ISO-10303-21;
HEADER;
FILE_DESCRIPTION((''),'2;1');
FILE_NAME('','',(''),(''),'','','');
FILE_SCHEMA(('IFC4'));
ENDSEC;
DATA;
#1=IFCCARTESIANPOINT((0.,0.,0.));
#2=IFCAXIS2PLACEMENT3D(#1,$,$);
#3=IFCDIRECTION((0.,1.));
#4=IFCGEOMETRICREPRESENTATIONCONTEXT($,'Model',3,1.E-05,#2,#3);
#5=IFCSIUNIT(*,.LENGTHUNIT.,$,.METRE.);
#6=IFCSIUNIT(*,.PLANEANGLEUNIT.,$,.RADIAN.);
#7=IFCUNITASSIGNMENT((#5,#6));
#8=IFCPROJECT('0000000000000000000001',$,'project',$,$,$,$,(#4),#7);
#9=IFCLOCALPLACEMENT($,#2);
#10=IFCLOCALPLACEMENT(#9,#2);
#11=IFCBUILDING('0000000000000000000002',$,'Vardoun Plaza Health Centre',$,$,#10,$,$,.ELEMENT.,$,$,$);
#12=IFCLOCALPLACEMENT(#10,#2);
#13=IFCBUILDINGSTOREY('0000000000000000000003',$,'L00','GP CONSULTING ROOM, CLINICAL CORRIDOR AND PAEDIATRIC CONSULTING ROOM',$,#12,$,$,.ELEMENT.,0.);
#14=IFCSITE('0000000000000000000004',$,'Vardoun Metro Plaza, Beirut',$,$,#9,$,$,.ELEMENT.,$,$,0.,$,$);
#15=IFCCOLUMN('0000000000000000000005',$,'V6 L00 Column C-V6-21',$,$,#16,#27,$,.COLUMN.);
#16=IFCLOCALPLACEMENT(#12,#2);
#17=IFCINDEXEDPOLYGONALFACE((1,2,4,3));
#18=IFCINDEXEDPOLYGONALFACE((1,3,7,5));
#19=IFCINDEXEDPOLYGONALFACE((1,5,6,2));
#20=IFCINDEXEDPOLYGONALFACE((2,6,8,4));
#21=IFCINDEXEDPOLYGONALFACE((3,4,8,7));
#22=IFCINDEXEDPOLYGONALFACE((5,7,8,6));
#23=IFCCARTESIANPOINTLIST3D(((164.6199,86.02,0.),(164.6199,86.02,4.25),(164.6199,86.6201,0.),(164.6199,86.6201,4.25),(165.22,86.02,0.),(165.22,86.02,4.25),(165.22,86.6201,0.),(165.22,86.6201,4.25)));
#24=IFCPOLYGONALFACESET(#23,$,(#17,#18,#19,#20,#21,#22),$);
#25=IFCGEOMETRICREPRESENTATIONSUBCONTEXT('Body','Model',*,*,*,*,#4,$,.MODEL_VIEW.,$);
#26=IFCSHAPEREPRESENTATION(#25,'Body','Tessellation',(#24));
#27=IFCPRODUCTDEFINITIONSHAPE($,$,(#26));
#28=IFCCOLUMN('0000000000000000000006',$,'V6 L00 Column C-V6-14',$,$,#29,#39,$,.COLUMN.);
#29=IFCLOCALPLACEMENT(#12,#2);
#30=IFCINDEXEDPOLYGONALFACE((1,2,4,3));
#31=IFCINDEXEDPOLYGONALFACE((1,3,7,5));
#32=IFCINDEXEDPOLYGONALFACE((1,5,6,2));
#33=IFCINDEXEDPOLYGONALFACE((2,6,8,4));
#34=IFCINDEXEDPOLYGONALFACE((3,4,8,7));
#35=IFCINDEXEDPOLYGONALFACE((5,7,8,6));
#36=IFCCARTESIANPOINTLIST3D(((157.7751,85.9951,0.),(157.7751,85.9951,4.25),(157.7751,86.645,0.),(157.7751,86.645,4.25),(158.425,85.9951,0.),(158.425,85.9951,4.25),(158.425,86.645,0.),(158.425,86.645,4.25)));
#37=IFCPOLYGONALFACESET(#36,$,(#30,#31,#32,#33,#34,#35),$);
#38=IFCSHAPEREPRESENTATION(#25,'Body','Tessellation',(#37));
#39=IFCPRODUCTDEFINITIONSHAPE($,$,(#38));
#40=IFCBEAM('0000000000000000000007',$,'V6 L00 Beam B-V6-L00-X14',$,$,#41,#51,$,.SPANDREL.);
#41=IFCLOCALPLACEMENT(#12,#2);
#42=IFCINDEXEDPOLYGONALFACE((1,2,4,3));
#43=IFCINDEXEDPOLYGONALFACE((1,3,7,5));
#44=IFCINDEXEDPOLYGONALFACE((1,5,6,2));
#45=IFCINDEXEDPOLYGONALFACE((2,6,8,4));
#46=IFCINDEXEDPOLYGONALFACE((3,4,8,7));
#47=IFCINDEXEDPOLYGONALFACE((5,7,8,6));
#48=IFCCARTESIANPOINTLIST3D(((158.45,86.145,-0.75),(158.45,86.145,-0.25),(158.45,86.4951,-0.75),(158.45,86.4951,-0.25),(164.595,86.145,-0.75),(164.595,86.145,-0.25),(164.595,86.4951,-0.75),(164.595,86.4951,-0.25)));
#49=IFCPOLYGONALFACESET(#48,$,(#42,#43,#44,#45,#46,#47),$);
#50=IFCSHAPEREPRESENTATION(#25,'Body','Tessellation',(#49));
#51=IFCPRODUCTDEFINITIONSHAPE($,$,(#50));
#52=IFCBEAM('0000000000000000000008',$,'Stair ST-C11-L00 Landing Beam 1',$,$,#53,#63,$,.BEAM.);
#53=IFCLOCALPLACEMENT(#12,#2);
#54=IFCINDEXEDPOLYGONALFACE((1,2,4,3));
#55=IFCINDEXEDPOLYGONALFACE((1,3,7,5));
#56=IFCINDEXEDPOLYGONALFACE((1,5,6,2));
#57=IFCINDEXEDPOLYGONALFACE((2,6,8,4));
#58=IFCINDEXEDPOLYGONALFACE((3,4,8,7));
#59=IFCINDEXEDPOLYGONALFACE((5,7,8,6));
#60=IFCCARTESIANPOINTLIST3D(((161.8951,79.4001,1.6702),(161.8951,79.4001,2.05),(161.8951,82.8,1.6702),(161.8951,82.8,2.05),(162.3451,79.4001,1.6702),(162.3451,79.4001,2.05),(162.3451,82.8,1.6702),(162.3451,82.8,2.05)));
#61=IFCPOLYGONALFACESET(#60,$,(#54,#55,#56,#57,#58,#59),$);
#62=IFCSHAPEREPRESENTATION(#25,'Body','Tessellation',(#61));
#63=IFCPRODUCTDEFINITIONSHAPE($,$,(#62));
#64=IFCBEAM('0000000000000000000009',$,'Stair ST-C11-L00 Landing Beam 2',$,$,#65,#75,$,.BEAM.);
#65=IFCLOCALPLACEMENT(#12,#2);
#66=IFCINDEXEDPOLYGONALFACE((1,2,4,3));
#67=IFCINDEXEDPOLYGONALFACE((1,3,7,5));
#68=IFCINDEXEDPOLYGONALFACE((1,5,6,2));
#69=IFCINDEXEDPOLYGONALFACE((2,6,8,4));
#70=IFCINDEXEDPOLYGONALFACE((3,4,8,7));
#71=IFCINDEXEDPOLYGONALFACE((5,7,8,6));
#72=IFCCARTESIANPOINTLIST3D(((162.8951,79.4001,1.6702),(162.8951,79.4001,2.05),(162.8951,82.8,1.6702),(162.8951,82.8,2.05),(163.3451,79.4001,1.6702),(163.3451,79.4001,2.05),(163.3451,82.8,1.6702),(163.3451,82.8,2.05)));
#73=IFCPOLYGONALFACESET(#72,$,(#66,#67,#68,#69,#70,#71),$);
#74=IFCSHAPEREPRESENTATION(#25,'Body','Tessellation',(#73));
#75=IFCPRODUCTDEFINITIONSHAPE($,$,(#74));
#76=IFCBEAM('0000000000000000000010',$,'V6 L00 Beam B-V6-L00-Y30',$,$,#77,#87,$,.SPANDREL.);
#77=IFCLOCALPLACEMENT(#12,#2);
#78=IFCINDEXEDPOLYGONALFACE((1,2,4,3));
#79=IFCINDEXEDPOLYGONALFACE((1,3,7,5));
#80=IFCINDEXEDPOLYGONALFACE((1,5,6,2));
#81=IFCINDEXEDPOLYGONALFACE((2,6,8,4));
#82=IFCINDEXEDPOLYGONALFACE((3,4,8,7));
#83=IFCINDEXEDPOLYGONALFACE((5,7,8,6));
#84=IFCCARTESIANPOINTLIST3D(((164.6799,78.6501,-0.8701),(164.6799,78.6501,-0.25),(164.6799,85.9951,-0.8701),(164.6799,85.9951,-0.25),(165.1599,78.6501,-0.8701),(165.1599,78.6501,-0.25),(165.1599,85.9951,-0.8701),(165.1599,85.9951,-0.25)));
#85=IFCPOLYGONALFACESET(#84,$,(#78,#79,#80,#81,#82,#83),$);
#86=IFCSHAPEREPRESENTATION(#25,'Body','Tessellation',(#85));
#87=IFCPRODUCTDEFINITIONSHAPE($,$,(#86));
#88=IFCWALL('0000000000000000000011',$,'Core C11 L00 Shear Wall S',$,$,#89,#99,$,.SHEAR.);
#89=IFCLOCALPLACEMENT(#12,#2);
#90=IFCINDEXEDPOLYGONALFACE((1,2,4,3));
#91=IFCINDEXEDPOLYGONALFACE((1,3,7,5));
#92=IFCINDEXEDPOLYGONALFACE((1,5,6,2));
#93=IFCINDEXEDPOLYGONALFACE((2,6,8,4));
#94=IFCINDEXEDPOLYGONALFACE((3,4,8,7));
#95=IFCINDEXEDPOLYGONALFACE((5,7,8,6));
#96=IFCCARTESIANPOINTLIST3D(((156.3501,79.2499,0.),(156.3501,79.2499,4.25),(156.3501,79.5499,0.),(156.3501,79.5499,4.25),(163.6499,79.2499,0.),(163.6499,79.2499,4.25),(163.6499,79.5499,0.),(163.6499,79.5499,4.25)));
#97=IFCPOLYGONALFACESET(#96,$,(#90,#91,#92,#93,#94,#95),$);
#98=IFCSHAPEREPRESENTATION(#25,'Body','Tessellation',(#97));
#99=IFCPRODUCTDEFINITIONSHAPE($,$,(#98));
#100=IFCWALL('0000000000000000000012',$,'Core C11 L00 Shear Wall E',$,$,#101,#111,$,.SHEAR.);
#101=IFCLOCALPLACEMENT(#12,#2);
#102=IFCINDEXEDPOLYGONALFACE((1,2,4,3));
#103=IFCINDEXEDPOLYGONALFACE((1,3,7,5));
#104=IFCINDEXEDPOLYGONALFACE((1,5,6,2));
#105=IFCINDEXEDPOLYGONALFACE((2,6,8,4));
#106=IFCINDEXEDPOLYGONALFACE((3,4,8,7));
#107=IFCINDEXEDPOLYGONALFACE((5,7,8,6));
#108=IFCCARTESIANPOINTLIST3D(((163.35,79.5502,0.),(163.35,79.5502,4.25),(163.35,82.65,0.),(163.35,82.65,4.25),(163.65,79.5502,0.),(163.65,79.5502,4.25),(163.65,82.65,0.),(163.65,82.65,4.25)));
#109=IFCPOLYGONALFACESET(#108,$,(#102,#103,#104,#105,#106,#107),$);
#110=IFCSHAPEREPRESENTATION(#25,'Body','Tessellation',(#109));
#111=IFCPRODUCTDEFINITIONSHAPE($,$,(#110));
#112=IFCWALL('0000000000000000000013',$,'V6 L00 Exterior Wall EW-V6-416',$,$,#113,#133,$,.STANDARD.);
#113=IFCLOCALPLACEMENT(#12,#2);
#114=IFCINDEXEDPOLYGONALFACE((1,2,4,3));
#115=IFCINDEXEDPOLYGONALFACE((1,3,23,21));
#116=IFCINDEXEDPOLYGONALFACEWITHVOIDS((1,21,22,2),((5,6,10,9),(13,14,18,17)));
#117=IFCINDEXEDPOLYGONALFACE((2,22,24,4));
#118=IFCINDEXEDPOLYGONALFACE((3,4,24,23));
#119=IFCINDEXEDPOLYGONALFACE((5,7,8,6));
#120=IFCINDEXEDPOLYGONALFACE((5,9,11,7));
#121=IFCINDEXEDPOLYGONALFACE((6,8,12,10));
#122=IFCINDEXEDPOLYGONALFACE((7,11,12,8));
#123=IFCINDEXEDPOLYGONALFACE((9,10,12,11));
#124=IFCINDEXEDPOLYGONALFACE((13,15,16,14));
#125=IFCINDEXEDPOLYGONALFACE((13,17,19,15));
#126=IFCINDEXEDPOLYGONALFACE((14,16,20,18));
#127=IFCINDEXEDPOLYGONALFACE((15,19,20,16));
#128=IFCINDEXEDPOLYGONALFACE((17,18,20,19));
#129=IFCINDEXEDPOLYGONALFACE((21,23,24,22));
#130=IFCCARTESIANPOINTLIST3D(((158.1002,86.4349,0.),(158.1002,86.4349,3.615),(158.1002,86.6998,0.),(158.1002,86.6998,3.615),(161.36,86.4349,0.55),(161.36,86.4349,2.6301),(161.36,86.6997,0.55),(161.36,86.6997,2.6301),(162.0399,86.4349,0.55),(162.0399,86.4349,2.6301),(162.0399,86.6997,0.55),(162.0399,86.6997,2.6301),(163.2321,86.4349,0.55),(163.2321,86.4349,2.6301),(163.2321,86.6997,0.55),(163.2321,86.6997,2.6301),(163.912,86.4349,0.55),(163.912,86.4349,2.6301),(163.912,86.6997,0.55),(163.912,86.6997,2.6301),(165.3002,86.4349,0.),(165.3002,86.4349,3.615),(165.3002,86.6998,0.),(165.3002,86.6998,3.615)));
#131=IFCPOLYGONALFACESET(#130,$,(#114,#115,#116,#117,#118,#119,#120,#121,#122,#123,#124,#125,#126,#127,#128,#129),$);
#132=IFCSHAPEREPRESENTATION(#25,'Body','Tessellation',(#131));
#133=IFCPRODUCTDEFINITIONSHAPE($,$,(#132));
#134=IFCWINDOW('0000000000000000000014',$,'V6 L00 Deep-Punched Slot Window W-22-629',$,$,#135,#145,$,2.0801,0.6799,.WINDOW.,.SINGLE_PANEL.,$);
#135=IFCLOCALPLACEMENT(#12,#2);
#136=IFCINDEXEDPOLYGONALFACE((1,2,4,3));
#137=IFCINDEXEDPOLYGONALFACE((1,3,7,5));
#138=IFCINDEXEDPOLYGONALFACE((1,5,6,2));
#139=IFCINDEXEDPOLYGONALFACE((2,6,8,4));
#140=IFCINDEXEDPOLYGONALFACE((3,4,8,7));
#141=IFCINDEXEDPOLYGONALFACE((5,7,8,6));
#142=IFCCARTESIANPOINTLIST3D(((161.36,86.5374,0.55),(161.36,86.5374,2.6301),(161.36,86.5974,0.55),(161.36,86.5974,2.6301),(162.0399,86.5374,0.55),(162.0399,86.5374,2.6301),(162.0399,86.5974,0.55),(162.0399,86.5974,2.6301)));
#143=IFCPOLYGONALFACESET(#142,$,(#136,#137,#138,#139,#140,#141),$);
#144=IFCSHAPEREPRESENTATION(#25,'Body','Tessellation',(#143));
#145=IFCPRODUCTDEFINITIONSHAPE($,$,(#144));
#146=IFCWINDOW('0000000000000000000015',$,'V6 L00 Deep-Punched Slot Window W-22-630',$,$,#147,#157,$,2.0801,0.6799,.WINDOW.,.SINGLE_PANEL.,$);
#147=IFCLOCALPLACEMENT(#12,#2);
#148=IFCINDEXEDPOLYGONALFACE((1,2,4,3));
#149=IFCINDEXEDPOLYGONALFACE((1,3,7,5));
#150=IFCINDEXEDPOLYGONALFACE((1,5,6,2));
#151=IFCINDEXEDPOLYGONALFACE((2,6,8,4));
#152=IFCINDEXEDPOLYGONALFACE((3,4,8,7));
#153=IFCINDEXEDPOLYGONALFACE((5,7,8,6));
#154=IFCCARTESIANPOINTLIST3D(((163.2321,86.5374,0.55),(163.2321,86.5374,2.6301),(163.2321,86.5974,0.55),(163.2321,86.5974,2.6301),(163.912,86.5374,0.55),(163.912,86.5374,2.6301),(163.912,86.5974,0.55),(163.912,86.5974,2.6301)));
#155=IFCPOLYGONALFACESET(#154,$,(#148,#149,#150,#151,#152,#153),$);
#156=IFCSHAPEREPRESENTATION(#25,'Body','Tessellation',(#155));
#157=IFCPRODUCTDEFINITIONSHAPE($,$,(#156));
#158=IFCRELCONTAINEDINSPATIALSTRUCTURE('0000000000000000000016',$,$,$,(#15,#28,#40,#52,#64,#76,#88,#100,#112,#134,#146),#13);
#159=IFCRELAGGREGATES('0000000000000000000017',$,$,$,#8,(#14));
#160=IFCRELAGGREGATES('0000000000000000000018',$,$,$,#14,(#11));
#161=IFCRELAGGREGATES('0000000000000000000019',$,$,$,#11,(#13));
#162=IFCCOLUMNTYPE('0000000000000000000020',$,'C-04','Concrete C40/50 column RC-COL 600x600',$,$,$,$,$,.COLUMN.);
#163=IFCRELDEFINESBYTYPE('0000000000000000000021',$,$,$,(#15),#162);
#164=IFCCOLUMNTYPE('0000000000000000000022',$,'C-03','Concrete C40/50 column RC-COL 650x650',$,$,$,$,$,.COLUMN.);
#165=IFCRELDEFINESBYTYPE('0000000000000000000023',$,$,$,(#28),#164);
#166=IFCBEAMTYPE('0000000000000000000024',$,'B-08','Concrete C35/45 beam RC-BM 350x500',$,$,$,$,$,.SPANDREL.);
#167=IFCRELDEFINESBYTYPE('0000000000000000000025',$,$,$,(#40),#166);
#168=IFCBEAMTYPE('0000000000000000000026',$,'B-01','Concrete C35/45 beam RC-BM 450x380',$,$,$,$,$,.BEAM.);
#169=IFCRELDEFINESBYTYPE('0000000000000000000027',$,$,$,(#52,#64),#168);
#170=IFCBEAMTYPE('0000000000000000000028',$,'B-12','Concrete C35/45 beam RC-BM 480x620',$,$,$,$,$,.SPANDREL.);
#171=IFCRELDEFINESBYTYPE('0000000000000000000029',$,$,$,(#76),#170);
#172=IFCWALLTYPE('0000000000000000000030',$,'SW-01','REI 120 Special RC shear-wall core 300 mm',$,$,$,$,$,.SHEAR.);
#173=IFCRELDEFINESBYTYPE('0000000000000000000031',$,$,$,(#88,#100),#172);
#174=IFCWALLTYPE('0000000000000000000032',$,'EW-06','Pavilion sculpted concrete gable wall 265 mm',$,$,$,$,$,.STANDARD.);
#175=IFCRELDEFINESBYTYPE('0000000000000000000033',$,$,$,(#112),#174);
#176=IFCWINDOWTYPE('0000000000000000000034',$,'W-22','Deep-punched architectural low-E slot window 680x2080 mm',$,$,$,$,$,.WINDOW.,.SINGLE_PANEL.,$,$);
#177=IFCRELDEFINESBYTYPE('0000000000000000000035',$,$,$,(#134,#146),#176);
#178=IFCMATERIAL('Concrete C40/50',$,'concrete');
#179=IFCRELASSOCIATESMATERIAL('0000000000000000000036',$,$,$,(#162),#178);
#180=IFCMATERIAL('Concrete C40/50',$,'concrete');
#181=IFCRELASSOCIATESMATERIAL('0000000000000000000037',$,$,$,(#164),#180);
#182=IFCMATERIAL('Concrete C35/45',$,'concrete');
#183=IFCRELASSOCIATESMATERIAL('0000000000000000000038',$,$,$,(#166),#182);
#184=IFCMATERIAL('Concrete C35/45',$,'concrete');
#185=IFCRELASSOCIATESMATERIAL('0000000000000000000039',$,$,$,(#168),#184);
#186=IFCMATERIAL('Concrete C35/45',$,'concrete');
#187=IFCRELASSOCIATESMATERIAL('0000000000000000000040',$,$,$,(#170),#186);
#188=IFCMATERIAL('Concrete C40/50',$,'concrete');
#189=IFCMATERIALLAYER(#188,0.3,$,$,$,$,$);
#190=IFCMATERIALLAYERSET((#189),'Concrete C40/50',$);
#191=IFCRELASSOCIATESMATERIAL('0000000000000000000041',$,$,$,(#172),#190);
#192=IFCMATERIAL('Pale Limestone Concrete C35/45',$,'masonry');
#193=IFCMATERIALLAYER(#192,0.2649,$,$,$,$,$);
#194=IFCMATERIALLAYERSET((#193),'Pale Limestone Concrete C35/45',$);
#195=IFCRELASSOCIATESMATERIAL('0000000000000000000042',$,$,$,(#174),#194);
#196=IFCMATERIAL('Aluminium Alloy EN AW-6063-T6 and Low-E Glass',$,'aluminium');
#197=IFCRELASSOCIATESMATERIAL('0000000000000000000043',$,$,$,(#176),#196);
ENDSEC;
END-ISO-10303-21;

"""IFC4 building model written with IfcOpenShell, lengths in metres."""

from ifc_helpers import new_model, si_unit, direction, frame, frame_2d, origin, origin_2d, place, context, subcontext, project, spatial, rectangle, extrude, material, layer, layer_set, material_profile, profile_set, type_object, element, fill, save


model = new_model("IFC4")

# Units and contexts
model_context = context("Model", 3, precision=1e-05, world=origin(), true_north=direction((0.0, 1.0)))
body_context = subcontext(model_context, "Body", "Model", "MODEL_VIEW")
ifc_project = project(units=[si_unit("LENGTHUNIT", "METRE"), si_unit("PLANEANGLEUNIT", "RADIAN")], contexts=[model_context])

# Site, building, storey
site_placement = place(None, origin())
site = spatial("IfcSite", under=ifc_project, at=site_placement, Name="Vardoun Metro Plaza, Beirut", CompositionType="ELEMENT", RefElevation=0.0)
building_placement = place(site_placement, origin())
building = spatial("IfcBuilding", under=site, at=building_placement, Name="Vardoun Plaza Health Centre", CompositionType="ELEMENT")
storey_placement = place(building_placement, origin())
storey = spatial("IfcBuildingStorey", under=building, at=storey_placement, Name="L00", Description="GP CONSULTING ROOM, CLINICAL CORRIDOR AND PAEDIATRIC CONSULTING ROOM", CompositionType="ELEMENT", Elevation=0.0)

# Columns
ifc_material_1 = material(Name="Concrete C40/50", Category="concrete")
ifc_material_profile_1 = material_profile(ifc_material_1, rectangle(XDim=0.6001, YDim=0.6001, at=origin_2d()), Name="RC-COL 600x600")
ifc_profile_set_1 = profile_set([ifc_material_profile_1], Name="Concrete C40/50")
column_type_1 = type_object("IfcColumnType", Name="C-04", Description="Concrete C40/50 column RC-COL 600x600", PredefinedType="COLUMN", material=ifc_profile_set_1)
column_1_placement = place(storey_placement, frame((164.9199, 86.3201, 0.0), z_axis=(0.0, 0.0, 1.0), x_axis=(1.0, 0.0, 0.0)))
element("IfcColumn", 1, at=column_1_placement, inside=storey, type_object=column_type_1, Name="V6 L00 Column C-V6-21", PredefinedType="COLUMN", context=body_context, shape_type="SweptSolid", body=[
    extrude(rectangle(XDim=0.6001, YDim=0.6001, at=origin_2d()), origin(), (0.0, 0.0, 1.0), 4.25),
])
ifc_material_2 = material(Name="Concrete C40/50", Category="concrete")
ifc_material_profile_2 = material_profile(ifc_material_2, rectangle(XDim=0.6499, YDim=0.6499, at=origin_2d()), Name="RC-COL 650x650")
ifc_profile_set_2 = profile_set([ifc_material_profile_2], Name="Concrete C40/50")
column_type_2 = type_object("IfcColumnType", Name="C-03", Description="Concrete C40/50 column RC-COL 650x650", PredefinedType="COLUMN", material=ifc_profile_set_2)
column_2_placement = place(storey_placement, frame((158.1001, 86.3201, 0.0), z_axis=(0.0, 0.0, 1.0), x_axis=(1.0, 0.0, 0.0)))
element("IfcColumn", 2, at=column_2_placement, inside=storey, type_object=column_type_2, Name="V6 L00 Column C-V6-14", PredefinedType="COLUMN", context=body_context, shape_type="SweptSolid", body=[
    extrude(rectangle(XDim=0.6499, YDim=0.6499, at=origin_2d()), origin(), (0.0, 0.0, 1.0), 4.25),
])

# Beams
ifc_material_3 = material(Name="Concrete C35/45", Category="concrete")
ifc_material_profile_3 = material_profile(ifc_material_3, rectangle(XDim=0.3501, YDim=0.5, at=origin_2d()), Name="RC-BM 350x500")
ifc_profile_set_3 = profile_set([ifc_material_profile_3], Name="Concrete C35/45")
beam_type_1 = type_object("IfcBeamType", Name="B-08", Description="Concrete C35/45 beam RC-BM 350x500", PredefinedType="SPANDREL", material=ifc_profile_set_3)
beam_1_placement = place(storey_placement, frame((158.45, 86.3201, -0.5), z_axis=(1.0, 0.0, 0.0), x_axis=(0.0, 1.0, 0.0)))
element("IfcBeam", 3, at=beam_1_placement, inside=storey, type_object=beam_type_1, Name="V6 L00 Beam B-V6-L00-X14", PredefinedType="SPANDREL", context=body_context, shape_type="SweptSolid", body=[
    extrude(rectangle(XDim=0.3501, YDim=0.5, at=origin_2d()), origin(), (0.0, 0.0, 1.0), 6.145),
])
ifc_material_4 = material(Name="Concrete C35/45", Category="concrete")
ifc_material_profile_4 = material_profile(ifc_material_4, rectangle(XDim=0.45, YDim=0.3799, at=origin_2d()), Name="RC-BM 450x380")
ifc_profile_set_4 = profile_set([ifc_material_profile_4], Name="Concrete C35/45")
beam_type_2 = type_object("IfcBeamType", Name="B-01", Description="Concrete C35/45 beam RC-BM 450x380", PredefinedType="BEAM", material=ifc_profile_set_4)
for number, where, z_axis, x_axis, name in (
    (4, (162.1201, 79.4001, 1.8601), (0.0, 1.0, 0.0), (-1.0, 0.0, 0.0), "Stair ST-C11-L00 Landing Beam 1"),
    (5, (163.1201, 79.4001, 1.8601), (0.0, 1.0, 0.0), (-1.0, 0.0, 0.0), "Stair ST-C11-L00 Landing Beam 2"),
):
    element("IfcBeam", number, at=place(storey_placement, frame(where, z_axis=z_axis, x_axis=x_axis)), inside=storey, type_object=beam_type_2, Name=name, PredefinedType="BEAM", context=body_context, shape_type="SweptSolid", body=[
        extrude(rectangle(XDim=0.45, YDim=0.3799, at=origin_2d()), origin(), (0.0, 0.0, 1.0), 3.3999),
    ])
ifc_material_5 = material(Name="Concrete C35/45", Category="concrete")
ifc_material_profile_5 = material_profile(ifc_material_5, rectangle(XDim=0.48, YDim=0.6201, at=origin_2d()), Name="RC-BM 480x620")
ifc_profile_set_5 = profile_set([ifc_material_profile_5], Name="Concrete C35/45")
beam_type_3 = type_object("IfcBeamType", Name="B-12", Description="Concrete C35/45 beam RC-BM 480x620", PredefinedType="SPANDREL", material=ifc_profile_set_5)
beam_2_placement = place(storey_placement, frame((164.9199, 78.6501, -0.5601), z_axis=(0.0, 1.0, 0.0), x_axis=(-1.0, 0.0, 0.0)))
element("IfcBeam", 6, at=beam_2_placement, inside=storey, type_object=beam_type_3, Name="V6 L00 Beam B-V6-L00-Y30", PredefinedType="SPANDREL", context=body_context, shape_type="SweptSolid", body=[
    extrude(rectangle(XDim=0.48, YDim=0.6201, at=origin_2d()), origin(), (0.0, 0.0, 1.0), 7.345),
])

# Wall
ifc_material_6 = material(Name="Concrete C40/50", Category="concrete")
ifc_layer_1 = layer(ifc_material_6, 0.3)
ifc_layer_set_1 = layer_set([ifc_layer_1], Name="Concrete C40/50")
wall_type_1 = type_object("IfcWallType", Name="SW-01", Description="REI 120 Special RC shear-wall core 300 mm", PredefinedType="SHEAR", material=ifc_layer_set_1)
wall_1_placement = place(storey_placement, frame((163.6499, 79.3999, 0.0), z_axis=(0.0, 0.0, 1.0), x_axis=(-1.0, 0.0, 0.0)))
element("IfcWall", 7, at=wall_1_placement, inside=storey, type_object=wall_type_1, Name="Core C11 L00 Shear Wall S", PredefinedType="SHEAR", context=body_context, shape_type="SweptSolid", body=[
    extrude(rectangle(XDim=7.2998, YDim=0.3, at=frame_2d((3.6499, 0.0))), origin(), (0.0, 0.0, 1.0), 4.25),
])

# Wall
wall_2_placement = place(storey_placement, frame((163.5, 82.6499, 0.0), z_axis=(0.0, 0.0, 1.0), x_axis=(0.0, -1.0, 0.0)))
element("IfcWall", 8, at=wall_2_placement, inside=storey, type_object=wall_type_1, Name="Core C11 L00 Shear Wall E", PredefinedType="SHEAR", context=body_context, shape_type="SweptSolid", body=[
    extrude(rectangle(XDim=3.0999, YDim=0.3, at=frame_2d((1.5498, 0.0))), origin(), (0.0, 0.0, 1.0), 4.25),
])

# Wall, openings, windows
ifc_material_7 = material(Name="Pale Limestone Concrete C35/45", Category="masonry")
ifc_layer_2 = layer(ifc_material_7, 0.2649)
ifc_layer_set_2 = layer_set([ifc_layer_2], Name="Pale Limestone Concrete C35/45")
wall_type_2 = type_object("IfcWallType", Name="EW-06", Description="Pavilion sculpted concrete gable wall 265 mm", PredefinedType="STANDARD", material=ifc_layer_set_2)
wall_3_placement = place(storey_placement, frame((158.1001, 86.5674, 0.0), z_axis=(0.0, 0.0, 1.0), x_axis=(1.0, 0.0, 0.0)))
wall_3 = element("IfcWall", 9, at=wall_3_placement, inside=storey, type_object=wall_type_2, Name="V6 L00 Exterior Wall EW-V6-416", PredefinedType="STANDARD", context=body_context, shape_type="SweptSolid", body=[
    extrude(rectangle(XDim=7.2, YDim=0.2649, at=frame_2d((3.6001, 0.0))), origin(), (0.0, 0.0, 1.0), 3.615),
])
opening_1_placement = place(wall_3_placement, frame((3.26, 0.0, 0.55)))
opening_1 = element("IfcOpeningElement", 10, at=opening_1_placement, cuts=wall_3, PredefinedType="OPENING", context=body_context, shape_type="SweptSolid", body=[
    extrude(rectangle(XDim=0.6799, YDim=2.0801, at=frame_2d((0.3398, 1.04))), frame((0.0, 0.1323, 0.0), z_axis=(0.0, -1.0, 0.0), x_axis=(1.0, 0.0, 0.0)), (0.0, 0.0, 1.0), 0.2649),
])
opening_2_placement = place(wall_3_placement, frame((5.1321, 0.0, 0.55)))
opening_2 = element("IfcOpeningElement", 11, at=opening_2_placement, cuts=wall_3, PredefinedType="OPENING", context=body_context, shape_type="SweptSolid", body=[
    extrude(rectangle(XDim=0.6799, YDim=2.0801, at=frame_2d((0.3398, 1.04))), frame((0.0, 0.1323, 0.0), z_axis=(0.0, -1.0, 0.0), x_axis=(1.0, 0.0, 0.0)), (0.0, 0.0, 1.0), 0.2649),
])
ifc_material_8 = material(Name="Aluminium Alloy EN AW-6063-T6 and Low-E Glass", Category="aluminium")
window_type_1 = type_object("IfcWindowType", Name="W-22", Description="Deep-punched architectural low-E slot window 680x2080 mm", PartitioningType="SINGLE_PANEL", PredefinedType="WINDOW", material=ifc_material_8)
window_1_placement = place(opening_1_placement, origin())
window_1 = element("IfcWindow", 12, at=window_1_placement, inside=storey, type_object=window_type_1, Name="V6 L00 Deep-Punched Slot Window W-22-629", OverallHeight=2.0801, OverallWidth=0.6799, PartitioningType="SINGLE_PANEL", PredefinedType="WINDOW", context=body_context, shape_type="SweptSolid", body=[
    extrude(rectangle(XDim=0.6799, YDim=2.0801, at=frame_2d((0.3398, 1.04))), frame((0.0, 0.03, 0.0), z_axis=(0.0, -1.0, 0.0), x_axis=(1.0, 0.0, 0.0)), (0.0, 0.0, 1.0), 0.0601),
])
fill(opening_1, window_1)
window_2_placement = place(opening_2_placement, origin())
window_2 = element("IfcWindow", 13, at=window_2_placement, inside=storey, type_object=window_type_1, Name="V6 L00 Deep-Punched Slot Window W-22-630", OverallHeight=2.0801, OverallWidth=0.6799, PartitioningType="SINGLE_PANEL", PredefinedType="WINDOW", context=body_context, shape_type="SweptSolid", body=[
    extrude(rectangle(XDim=0.6799, YDim=2.0801, at=frame_2d((0.3398, 1.04))), frame((0.0, 0.03, 0.0), z_axis=(0.0, -1.0, 0.0), x_axis=(1.0, 0.0, 0.0)), (0.0, 0.0, 1.0), 0.0601),
])
fill(opening_2, window_2)

save(model, "model.ifc")
